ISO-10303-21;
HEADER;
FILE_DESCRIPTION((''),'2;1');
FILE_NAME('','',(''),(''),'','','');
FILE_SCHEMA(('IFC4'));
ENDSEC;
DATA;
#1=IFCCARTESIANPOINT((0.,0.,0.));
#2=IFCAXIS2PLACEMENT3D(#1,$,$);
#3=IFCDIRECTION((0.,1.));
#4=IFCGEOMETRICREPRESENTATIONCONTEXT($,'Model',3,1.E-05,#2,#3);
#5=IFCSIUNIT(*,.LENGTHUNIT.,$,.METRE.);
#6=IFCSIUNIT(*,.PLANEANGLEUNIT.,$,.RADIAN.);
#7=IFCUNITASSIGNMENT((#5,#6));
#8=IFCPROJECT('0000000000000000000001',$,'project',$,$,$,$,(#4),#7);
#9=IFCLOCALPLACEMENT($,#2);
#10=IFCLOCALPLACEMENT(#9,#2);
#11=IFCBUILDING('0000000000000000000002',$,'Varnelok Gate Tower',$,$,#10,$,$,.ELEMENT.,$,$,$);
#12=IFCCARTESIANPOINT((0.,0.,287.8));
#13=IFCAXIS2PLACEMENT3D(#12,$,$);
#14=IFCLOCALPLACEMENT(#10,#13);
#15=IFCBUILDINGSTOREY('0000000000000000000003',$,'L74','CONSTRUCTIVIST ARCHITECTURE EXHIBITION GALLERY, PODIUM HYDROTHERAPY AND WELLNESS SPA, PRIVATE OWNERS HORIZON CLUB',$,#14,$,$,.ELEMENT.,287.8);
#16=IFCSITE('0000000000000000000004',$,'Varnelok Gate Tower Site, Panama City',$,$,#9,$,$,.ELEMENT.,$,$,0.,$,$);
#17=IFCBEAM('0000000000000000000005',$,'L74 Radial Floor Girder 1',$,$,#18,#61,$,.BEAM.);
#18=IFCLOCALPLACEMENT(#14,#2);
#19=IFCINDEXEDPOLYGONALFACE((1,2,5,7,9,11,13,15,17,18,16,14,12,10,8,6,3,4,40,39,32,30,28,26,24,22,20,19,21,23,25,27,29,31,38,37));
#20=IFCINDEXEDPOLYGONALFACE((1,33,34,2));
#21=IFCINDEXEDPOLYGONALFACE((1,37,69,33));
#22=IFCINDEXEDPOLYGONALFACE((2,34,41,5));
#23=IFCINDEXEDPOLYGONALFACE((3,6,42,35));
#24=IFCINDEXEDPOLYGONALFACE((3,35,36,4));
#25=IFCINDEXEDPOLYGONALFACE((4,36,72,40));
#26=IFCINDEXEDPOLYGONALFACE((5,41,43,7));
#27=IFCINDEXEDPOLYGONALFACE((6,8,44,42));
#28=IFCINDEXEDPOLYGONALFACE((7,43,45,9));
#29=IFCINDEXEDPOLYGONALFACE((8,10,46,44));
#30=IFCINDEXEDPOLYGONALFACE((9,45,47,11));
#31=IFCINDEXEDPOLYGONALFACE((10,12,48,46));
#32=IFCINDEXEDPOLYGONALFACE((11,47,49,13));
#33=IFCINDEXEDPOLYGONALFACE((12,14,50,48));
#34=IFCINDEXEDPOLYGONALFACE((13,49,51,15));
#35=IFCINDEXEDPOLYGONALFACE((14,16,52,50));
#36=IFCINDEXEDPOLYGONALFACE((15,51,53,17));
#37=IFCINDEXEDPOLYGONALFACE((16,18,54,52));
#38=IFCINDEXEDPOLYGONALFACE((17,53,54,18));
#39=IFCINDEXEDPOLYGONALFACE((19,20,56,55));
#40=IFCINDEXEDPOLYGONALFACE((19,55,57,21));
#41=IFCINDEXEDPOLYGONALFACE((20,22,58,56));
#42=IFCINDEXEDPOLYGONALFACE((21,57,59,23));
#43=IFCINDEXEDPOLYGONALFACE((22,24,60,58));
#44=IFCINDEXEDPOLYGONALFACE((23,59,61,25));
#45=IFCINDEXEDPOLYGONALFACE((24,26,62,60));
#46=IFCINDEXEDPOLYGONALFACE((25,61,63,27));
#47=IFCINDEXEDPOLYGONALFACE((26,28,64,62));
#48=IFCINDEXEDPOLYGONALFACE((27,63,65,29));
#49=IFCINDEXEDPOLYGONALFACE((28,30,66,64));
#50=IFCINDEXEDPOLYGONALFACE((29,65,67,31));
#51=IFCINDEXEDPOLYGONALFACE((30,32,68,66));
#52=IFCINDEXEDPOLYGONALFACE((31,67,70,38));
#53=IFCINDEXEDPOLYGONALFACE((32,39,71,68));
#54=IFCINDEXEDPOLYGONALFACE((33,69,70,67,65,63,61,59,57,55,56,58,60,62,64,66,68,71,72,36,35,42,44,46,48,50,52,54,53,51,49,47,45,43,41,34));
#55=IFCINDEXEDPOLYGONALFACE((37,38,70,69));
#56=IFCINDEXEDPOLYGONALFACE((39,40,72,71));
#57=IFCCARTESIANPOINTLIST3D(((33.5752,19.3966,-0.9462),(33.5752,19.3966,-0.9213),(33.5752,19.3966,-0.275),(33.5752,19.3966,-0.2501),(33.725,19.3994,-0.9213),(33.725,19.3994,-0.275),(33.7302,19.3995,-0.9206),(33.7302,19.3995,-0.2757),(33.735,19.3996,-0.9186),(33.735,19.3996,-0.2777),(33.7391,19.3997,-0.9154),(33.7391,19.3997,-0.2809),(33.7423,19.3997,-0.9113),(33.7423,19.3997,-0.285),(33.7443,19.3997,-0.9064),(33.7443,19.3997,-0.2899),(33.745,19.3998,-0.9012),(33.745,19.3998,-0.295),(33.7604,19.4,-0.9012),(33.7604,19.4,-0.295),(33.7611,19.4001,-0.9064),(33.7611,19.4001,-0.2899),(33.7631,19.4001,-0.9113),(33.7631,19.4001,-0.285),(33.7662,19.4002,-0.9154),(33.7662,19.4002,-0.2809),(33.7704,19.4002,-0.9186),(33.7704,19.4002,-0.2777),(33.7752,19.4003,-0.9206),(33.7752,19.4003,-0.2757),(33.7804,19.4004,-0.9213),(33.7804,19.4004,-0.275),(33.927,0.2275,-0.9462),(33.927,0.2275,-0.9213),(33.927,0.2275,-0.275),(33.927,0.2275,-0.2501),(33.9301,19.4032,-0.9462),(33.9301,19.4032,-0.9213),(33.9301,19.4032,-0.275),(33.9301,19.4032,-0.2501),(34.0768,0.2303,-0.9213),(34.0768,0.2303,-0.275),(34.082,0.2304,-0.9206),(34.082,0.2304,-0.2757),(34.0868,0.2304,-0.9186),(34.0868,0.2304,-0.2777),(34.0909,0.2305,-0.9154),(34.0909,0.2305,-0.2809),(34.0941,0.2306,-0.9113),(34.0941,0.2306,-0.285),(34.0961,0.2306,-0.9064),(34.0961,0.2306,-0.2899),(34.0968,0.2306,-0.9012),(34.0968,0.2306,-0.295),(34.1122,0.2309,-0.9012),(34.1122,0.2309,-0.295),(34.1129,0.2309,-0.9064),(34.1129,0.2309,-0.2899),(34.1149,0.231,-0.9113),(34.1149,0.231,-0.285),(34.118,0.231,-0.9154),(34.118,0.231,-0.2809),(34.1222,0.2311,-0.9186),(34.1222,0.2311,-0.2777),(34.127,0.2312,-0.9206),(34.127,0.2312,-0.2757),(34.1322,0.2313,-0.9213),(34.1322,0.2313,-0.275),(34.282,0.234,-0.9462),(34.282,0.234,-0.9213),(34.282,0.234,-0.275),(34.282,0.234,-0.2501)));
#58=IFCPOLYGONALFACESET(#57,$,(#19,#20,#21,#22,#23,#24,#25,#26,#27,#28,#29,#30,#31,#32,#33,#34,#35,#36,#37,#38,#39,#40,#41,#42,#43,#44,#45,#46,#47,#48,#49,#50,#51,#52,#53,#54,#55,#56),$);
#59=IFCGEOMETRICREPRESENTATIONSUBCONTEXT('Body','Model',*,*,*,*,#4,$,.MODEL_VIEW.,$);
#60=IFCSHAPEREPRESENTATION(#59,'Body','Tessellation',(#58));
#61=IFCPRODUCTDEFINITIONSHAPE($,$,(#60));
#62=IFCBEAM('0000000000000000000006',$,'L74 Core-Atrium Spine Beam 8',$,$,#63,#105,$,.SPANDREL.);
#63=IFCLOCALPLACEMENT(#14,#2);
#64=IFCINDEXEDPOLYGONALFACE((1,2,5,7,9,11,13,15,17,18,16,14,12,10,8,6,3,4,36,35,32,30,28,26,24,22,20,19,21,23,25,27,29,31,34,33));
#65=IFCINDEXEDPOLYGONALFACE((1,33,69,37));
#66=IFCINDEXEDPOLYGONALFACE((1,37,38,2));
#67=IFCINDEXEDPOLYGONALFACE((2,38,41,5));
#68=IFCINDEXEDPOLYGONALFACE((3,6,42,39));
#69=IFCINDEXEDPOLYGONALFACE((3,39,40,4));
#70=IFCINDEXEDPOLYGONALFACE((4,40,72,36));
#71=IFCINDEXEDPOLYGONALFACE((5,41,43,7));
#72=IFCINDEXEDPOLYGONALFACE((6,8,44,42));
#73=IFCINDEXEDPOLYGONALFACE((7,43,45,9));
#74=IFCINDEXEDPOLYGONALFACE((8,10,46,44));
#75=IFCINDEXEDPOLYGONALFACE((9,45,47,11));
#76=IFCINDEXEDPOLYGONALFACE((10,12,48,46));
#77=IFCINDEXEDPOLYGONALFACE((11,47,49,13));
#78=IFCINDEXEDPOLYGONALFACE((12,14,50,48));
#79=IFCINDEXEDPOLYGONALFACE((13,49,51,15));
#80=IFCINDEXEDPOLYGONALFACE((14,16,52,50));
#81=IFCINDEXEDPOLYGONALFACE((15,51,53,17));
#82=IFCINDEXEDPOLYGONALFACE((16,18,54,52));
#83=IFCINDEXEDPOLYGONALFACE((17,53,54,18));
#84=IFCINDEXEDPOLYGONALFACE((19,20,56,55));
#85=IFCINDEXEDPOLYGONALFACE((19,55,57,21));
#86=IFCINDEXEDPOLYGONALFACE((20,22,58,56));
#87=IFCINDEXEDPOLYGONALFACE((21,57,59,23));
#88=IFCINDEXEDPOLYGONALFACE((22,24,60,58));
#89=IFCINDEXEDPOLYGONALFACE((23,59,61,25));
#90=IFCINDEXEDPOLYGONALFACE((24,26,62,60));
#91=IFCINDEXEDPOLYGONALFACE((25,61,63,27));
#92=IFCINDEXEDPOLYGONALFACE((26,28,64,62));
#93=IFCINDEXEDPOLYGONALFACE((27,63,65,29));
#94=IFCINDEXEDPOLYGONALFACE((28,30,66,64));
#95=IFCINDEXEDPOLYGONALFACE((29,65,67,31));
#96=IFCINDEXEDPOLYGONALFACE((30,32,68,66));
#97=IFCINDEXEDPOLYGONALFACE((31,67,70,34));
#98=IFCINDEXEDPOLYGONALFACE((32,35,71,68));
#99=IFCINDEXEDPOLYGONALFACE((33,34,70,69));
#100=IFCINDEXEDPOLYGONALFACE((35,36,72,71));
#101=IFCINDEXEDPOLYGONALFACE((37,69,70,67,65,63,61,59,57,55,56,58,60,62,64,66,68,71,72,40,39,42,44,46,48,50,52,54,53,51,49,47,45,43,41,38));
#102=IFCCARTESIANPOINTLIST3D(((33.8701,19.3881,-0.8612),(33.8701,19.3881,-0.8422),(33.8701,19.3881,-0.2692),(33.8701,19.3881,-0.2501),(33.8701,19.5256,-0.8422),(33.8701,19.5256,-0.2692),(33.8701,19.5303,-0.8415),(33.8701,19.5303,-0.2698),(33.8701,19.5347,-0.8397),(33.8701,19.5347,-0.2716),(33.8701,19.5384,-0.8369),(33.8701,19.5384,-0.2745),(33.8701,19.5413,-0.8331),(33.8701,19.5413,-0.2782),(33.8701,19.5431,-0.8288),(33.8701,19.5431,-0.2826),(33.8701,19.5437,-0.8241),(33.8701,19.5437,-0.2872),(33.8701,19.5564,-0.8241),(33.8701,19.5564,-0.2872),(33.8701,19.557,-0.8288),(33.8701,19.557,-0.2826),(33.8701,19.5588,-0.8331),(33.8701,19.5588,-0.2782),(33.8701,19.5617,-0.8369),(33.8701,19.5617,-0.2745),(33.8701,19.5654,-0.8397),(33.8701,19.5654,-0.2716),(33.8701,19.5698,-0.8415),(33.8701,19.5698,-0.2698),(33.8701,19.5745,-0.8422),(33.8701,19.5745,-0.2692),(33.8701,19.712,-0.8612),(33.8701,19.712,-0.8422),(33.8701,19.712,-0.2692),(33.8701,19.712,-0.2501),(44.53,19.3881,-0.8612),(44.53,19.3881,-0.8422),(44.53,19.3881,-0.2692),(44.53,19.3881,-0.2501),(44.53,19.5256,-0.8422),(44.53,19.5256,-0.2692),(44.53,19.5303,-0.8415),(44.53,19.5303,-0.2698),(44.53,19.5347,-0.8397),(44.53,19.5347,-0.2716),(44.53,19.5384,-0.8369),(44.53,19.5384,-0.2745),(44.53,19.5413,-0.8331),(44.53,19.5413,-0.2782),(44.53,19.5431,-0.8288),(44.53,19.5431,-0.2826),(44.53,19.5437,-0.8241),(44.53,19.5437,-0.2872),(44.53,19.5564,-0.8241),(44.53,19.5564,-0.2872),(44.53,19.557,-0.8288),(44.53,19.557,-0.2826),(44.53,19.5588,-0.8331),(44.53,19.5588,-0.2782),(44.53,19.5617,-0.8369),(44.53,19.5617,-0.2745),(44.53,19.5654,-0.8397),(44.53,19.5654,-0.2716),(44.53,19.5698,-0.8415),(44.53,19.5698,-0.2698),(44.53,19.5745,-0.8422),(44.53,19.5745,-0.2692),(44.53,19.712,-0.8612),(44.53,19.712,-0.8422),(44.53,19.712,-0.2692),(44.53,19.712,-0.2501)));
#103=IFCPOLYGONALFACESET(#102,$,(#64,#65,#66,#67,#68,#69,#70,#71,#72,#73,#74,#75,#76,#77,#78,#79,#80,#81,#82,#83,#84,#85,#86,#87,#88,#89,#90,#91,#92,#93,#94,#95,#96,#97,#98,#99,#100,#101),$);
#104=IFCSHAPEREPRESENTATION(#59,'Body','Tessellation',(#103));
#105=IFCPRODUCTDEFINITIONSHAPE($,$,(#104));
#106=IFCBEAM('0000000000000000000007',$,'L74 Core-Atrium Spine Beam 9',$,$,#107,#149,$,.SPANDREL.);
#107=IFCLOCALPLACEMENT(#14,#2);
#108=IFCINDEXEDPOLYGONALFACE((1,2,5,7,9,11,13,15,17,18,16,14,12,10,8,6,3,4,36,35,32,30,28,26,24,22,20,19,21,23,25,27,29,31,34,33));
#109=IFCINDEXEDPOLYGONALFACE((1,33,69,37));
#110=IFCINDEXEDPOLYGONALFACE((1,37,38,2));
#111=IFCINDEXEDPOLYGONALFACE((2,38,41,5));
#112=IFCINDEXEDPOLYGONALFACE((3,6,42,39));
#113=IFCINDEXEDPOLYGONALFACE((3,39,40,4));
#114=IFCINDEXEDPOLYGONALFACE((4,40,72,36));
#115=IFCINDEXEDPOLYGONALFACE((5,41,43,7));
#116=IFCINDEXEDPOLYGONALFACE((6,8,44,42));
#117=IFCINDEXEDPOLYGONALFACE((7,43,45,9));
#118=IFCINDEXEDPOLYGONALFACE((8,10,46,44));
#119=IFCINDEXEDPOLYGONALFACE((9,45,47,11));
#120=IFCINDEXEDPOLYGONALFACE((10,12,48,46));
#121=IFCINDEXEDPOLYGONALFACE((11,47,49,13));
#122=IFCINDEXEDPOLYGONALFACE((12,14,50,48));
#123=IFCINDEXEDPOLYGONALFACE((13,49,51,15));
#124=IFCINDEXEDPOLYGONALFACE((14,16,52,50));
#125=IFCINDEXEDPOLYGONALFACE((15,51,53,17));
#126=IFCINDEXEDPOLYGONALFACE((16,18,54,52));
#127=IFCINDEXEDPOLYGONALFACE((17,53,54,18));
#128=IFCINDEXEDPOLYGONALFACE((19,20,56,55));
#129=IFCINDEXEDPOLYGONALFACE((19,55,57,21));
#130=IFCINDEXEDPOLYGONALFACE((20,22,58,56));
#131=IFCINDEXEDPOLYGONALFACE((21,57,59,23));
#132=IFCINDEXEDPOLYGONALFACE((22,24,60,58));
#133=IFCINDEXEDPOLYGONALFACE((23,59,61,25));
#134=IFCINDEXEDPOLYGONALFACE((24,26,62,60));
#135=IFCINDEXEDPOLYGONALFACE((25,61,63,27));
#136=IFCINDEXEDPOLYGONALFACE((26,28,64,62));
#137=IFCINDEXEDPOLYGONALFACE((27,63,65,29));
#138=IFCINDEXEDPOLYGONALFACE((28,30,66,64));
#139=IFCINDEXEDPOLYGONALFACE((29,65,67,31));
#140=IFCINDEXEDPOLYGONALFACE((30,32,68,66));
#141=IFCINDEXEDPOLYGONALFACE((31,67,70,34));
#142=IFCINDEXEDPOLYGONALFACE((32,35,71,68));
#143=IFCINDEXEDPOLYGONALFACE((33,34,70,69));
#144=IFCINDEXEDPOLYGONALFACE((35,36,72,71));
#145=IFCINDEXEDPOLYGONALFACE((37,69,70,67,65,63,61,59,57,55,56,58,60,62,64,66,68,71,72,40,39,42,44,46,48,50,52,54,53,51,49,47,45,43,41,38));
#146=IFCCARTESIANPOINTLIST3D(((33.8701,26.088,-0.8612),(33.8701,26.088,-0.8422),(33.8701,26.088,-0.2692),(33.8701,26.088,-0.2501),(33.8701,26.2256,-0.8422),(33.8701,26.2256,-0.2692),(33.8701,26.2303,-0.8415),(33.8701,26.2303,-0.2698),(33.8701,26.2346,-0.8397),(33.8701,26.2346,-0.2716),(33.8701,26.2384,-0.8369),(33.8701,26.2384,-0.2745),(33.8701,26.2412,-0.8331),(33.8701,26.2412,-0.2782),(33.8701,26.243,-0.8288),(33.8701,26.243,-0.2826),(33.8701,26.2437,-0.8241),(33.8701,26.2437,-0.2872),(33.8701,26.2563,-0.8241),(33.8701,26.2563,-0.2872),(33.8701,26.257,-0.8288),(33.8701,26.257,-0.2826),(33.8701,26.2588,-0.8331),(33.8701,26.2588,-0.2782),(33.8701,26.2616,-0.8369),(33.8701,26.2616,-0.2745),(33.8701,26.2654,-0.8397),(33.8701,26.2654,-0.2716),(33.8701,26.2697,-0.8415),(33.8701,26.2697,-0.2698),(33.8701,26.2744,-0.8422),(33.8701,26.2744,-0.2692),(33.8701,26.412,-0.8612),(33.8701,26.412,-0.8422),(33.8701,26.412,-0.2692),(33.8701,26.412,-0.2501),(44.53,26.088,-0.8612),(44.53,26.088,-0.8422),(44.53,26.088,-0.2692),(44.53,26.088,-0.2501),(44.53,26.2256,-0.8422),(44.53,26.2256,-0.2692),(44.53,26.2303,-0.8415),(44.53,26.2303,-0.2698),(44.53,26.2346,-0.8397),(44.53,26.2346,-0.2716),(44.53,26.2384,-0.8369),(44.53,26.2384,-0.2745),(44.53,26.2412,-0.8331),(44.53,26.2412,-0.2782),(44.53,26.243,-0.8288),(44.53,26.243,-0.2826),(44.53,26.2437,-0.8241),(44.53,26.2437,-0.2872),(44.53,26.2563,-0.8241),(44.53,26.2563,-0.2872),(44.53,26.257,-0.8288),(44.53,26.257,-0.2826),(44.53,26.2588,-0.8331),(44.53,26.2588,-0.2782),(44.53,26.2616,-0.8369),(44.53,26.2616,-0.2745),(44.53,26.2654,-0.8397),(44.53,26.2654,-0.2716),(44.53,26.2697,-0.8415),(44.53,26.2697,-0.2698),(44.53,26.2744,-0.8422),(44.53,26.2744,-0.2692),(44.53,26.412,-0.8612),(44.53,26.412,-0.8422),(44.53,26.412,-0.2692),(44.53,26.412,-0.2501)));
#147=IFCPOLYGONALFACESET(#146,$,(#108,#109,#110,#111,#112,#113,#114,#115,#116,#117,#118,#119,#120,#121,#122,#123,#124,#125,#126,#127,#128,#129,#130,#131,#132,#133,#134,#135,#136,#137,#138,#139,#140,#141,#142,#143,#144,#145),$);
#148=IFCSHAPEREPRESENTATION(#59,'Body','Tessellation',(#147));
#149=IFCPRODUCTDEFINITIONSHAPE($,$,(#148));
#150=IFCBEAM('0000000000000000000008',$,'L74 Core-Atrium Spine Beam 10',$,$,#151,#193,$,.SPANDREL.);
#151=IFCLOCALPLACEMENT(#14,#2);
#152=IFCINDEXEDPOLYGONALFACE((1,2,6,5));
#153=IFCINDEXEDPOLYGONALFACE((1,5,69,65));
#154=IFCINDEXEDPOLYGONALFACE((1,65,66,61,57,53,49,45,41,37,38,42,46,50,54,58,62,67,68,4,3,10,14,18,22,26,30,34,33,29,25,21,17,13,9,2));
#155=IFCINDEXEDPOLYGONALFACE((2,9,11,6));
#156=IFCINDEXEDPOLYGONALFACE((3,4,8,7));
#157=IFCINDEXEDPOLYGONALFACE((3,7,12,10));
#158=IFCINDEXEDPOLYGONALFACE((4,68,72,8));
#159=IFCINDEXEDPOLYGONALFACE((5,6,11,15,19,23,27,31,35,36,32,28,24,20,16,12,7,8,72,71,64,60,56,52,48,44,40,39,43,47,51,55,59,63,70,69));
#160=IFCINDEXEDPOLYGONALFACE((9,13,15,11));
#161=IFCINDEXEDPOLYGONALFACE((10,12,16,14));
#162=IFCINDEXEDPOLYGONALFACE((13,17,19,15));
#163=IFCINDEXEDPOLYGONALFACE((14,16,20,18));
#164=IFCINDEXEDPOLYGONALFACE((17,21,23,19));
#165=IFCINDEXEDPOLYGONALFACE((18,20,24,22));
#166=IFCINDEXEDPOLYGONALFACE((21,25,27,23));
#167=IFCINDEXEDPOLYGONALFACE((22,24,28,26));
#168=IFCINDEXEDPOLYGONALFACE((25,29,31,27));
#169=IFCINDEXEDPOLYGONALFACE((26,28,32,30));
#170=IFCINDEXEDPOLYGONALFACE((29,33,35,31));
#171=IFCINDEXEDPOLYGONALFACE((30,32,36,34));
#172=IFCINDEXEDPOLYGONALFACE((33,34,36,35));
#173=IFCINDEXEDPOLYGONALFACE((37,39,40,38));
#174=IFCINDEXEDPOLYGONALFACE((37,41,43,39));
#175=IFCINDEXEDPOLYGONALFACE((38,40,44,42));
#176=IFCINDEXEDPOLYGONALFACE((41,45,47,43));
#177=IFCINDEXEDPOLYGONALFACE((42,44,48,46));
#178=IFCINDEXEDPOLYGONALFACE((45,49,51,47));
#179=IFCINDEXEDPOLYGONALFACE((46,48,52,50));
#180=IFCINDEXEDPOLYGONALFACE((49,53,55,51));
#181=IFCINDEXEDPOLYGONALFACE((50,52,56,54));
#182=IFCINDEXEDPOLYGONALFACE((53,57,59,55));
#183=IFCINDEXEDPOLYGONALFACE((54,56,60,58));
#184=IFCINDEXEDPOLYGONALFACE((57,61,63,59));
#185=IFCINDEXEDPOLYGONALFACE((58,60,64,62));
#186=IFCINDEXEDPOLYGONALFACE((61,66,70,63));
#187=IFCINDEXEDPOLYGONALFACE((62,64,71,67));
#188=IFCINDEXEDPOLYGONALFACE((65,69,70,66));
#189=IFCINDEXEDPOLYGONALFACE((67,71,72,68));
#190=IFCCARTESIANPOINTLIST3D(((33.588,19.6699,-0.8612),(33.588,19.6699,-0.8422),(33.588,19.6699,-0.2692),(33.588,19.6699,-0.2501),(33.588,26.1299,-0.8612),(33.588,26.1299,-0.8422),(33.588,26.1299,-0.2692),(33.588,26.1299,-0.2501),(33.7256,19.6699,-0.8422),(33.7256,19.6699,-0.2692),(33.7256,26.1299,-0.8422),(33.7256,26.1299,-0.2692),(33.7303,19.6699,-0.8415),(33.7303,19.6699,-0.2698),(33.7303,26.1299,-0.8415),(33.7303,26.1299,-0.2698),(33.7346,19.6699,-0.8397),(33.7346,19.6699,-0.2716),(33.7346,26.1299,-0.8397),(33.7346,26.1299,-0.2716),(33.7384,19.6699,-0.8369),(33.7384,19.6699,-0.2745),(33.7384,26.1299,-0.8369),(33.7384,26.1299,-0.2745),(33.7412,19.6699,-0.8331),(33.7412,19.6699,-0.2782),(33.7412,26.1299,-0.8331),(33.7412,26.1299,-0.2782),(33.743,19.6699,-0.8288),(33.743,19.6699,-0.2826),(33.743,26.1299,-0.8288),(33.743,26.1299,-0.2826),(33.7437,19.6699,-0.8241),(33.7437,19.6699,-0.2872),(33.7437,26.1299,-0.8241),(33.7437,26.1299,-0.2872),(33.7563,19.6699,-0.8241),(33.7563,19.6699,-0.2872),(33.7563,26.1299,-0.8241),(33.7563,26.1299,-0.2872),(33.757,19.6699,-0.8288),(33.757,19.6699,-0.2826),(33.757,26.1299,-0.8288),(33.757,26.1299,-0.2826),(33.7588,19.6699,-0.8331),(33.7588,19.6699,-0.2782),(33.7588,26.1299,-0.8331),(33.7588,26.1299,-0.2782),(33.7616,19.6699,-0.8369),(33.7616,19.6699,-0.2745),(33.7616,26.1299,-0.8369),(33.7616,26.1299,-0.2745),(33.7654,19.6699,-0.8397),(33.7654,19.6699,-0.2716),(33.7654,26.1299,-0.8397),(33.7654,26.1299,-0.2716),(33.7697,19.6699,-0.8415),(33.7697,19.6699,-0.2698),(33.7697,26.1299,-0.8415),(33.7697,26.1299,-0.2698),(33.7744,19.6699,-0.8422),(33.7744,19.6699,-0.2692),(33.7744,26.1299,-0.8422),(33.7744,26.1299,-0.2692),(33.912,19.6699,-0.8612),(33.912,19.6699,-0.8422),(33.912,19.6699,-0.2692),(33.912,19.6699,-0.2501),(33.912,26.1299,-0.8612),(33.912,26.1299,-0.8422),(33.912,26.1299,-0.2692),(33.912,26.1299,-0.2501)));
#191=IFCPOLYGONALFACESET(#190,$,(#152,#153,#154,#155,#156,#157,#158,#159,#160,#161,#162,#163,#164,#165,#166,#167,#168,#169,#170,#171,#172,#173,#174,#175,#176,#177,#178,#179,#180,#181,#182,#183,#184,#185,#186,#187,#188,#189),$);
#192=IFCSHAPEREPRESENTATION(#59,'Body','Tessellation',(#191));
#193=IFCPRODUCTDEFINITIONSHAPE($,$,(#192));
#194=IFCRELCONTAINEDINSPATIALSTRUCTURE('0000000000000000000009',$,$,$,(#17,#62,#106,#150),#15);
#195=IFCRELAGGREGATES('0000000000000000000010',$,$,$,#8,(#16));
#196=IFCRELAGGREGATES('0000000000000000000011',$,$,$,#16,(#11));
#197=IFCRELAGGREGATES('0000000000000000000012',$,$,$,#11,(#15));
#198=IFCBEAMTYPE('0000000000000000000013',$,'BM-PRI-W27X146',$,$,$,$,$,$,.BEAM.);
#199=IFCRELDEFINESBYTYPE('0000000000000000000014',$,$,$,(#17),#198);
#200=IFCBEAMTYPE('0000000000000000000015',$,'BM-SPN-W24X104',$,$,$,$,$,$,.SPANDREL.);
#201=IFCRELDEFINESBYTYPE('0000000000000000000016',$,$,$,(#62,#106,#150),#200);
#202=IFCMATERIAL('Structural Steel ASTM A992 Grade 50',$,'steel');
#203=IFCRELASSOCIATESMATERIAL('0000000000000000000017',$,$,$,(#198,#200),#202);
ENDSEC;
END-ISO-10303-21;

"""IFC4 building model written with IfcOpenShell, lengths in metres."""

from ifc_helpers import new_model, si_unit, direction, frame, origin, origin_2d, place, context, subcontext, project, spatial, i_section, extrude, material, material_profile, profile_set, type_object, element, save


model = new_model("IFC4")

# Units and contexts
model_context = context("Model", 3, precision=1e-05, world=origin(), true_north=direction((0.0, 1.0)))
body_context = subcontext(model_context, "Body", "Model", "MODEL_VIEW")
ifc_project = project(units=[si_unit("LENGTHUNIT", "METRE"), si_unit("PLANEANGLEUNIT", "RADIAN")], contexts=[model_context])

# Site, building, storey
site_placement = place(None, origin())
site = spatial("IfcSite", under=ifc_project, at=site_placement, Name="Varnelok Gate Tower Site, Panama City", CompositionType="ELEMENT", RefElevation=0.0)
building_placement = place(site_placement, origin())
building = spatial("IfcBuilding", under=site, at=building_placement, Name="Varnelok Gate Tower", CompositionType="ELEMENT")
storey_placement = place(building_placement, frame((0.0, 0.0, 287.8)))
storey = spatial("IfcBuildingStorey", under=building, at=storey_placement, Name="L74", Description="CONSTRUCTIVIST ARCHITECTURE EXHIBITION GALLERY, PODIUM HYDROTHERAPY AND WELLNESS SPA, PRIVATE OWNERS HORIZON CLUB", CompositionType="ELEMENT", Elevation=287.8)

# Shared definitions
ifc_material_1 = material(Name="Structural Steel ASTM A992 Grade 50", Category="steel")

# Beams
ifc_material_profile_1 = material_profile(ifc_material_1, i_section(OverallWidth=0.355, OverallDepth=0.696, WebThickness=0.0154, FlangeThickness=0.0249, FilletRadius=0.02, at=origin_2d()), Name="W27X146")
ifc_profile_set_1 = profile_set([ifc_material_profile_1], Name="Structural Steel ASTM A992 Grade 50")
beam_type_1 = type_object("IfcBeamType", Name="BM-PRI-W27X146", PredefinedType="BEAM", material=ifc_profile_set_1)
beam_1_placement = place(storey_placement, frame((33.7527, 19.3999, -0.5981), z_axis=(0.01835, -0.999832, 0.0), x_axis=(0.999832, 0.01835, 0.0)))
element("IfcBeam", 1, at=beam_1_placement, inside=storey, type_object=beam_type_1, Name="L74 Radial Floor Girder 1", PredefinedType="BEAM", context=body_context, shape_type="SweptSolid", body=[
    extrude(i_section(OverallWidth=0.355, OverallDepth=0.696, WebThickness=0.0154, FlangeThickness=0.0249, FilletRadius=0.02, at=origin_2d()), origin(), (0.0, 0.0, 1.0), 19.1724),
])
ifc_material_profile_2 = material_profile(ifc_material_1, i_section(OverallWidth=0.324, OverallDepth=0.6111, WebThickness=0.0127, FlangeThickness=0.019, FilletRadius=0.0181, at=origin_2d()), Name="W24X104")
ifc_profile_set_2 = profile_set([ifc_material_profile_2], Name="Structural Steel ASTM A992 Grade 50")
beam_type_2 = type_object("IfcBeamType", Name="BM-SPN-W24X104", PredefinedType="SPANDREL", material=ifc_profile_set_2)
for number, where, z_axis, x_axis, name in (
    (2, (33.8701, 19.55, -0.5557), (1.0, 0.0, 0.0), (0.0, 1.0, 0.0), "L74 Core-Atrium Spine Beam 8"),
    (3, (33.8701, 26.25, -0.5557), (1.0, 0.0, 0.0), (0.0, 1.0, 0.0), "L74 Core-Atrium Spine Beam 9"),
):
    element("IfcBeam", number, at=place(storey_placement, frame(where, z_axis=z_axis, x_axis=x_axis)), inside=storey, type_object=beam_type_2, Name=name, PredefinedType="SPANDREL", context=body_context, shape_type="SweptSolid", body=[
        extrude(i_section(OverallWidth=0.324, OverallDepth=0.6111, WebThickness=0.0127, FlangeThickness=0.019, FilletRadius=0.0181, at=origin_2d()), origin(), (0.0, 0.0, 1.0), 10.6599),
    ])
beam_2_placement = place(storey_placement, frame((33.75, 19.6699, -0.5557), z_axis=(0.0, 1.0, 0.0), x_axis=(-1.0, 0.0, 0.0)))
element("IfcBeam", 4, at=beam_2_placement, inside=storey, type_object=beam_type_2, Name="L74 Core-Atrium Spine Beam 10", PredefinedType="SPANDREL", context=body_context, shape_type="SweptSolid", body=[
    extrude(i_section(OverallWidth=0.324, OverallDepth=0.6111, WebThickness=0.0127, FlangeThickness=0.019, FilletRadius=0.0181, at=origin_2d()), origin(), (0.0, 0.0, 1.0), 6.46),
])

save(model, "model.ifc")
